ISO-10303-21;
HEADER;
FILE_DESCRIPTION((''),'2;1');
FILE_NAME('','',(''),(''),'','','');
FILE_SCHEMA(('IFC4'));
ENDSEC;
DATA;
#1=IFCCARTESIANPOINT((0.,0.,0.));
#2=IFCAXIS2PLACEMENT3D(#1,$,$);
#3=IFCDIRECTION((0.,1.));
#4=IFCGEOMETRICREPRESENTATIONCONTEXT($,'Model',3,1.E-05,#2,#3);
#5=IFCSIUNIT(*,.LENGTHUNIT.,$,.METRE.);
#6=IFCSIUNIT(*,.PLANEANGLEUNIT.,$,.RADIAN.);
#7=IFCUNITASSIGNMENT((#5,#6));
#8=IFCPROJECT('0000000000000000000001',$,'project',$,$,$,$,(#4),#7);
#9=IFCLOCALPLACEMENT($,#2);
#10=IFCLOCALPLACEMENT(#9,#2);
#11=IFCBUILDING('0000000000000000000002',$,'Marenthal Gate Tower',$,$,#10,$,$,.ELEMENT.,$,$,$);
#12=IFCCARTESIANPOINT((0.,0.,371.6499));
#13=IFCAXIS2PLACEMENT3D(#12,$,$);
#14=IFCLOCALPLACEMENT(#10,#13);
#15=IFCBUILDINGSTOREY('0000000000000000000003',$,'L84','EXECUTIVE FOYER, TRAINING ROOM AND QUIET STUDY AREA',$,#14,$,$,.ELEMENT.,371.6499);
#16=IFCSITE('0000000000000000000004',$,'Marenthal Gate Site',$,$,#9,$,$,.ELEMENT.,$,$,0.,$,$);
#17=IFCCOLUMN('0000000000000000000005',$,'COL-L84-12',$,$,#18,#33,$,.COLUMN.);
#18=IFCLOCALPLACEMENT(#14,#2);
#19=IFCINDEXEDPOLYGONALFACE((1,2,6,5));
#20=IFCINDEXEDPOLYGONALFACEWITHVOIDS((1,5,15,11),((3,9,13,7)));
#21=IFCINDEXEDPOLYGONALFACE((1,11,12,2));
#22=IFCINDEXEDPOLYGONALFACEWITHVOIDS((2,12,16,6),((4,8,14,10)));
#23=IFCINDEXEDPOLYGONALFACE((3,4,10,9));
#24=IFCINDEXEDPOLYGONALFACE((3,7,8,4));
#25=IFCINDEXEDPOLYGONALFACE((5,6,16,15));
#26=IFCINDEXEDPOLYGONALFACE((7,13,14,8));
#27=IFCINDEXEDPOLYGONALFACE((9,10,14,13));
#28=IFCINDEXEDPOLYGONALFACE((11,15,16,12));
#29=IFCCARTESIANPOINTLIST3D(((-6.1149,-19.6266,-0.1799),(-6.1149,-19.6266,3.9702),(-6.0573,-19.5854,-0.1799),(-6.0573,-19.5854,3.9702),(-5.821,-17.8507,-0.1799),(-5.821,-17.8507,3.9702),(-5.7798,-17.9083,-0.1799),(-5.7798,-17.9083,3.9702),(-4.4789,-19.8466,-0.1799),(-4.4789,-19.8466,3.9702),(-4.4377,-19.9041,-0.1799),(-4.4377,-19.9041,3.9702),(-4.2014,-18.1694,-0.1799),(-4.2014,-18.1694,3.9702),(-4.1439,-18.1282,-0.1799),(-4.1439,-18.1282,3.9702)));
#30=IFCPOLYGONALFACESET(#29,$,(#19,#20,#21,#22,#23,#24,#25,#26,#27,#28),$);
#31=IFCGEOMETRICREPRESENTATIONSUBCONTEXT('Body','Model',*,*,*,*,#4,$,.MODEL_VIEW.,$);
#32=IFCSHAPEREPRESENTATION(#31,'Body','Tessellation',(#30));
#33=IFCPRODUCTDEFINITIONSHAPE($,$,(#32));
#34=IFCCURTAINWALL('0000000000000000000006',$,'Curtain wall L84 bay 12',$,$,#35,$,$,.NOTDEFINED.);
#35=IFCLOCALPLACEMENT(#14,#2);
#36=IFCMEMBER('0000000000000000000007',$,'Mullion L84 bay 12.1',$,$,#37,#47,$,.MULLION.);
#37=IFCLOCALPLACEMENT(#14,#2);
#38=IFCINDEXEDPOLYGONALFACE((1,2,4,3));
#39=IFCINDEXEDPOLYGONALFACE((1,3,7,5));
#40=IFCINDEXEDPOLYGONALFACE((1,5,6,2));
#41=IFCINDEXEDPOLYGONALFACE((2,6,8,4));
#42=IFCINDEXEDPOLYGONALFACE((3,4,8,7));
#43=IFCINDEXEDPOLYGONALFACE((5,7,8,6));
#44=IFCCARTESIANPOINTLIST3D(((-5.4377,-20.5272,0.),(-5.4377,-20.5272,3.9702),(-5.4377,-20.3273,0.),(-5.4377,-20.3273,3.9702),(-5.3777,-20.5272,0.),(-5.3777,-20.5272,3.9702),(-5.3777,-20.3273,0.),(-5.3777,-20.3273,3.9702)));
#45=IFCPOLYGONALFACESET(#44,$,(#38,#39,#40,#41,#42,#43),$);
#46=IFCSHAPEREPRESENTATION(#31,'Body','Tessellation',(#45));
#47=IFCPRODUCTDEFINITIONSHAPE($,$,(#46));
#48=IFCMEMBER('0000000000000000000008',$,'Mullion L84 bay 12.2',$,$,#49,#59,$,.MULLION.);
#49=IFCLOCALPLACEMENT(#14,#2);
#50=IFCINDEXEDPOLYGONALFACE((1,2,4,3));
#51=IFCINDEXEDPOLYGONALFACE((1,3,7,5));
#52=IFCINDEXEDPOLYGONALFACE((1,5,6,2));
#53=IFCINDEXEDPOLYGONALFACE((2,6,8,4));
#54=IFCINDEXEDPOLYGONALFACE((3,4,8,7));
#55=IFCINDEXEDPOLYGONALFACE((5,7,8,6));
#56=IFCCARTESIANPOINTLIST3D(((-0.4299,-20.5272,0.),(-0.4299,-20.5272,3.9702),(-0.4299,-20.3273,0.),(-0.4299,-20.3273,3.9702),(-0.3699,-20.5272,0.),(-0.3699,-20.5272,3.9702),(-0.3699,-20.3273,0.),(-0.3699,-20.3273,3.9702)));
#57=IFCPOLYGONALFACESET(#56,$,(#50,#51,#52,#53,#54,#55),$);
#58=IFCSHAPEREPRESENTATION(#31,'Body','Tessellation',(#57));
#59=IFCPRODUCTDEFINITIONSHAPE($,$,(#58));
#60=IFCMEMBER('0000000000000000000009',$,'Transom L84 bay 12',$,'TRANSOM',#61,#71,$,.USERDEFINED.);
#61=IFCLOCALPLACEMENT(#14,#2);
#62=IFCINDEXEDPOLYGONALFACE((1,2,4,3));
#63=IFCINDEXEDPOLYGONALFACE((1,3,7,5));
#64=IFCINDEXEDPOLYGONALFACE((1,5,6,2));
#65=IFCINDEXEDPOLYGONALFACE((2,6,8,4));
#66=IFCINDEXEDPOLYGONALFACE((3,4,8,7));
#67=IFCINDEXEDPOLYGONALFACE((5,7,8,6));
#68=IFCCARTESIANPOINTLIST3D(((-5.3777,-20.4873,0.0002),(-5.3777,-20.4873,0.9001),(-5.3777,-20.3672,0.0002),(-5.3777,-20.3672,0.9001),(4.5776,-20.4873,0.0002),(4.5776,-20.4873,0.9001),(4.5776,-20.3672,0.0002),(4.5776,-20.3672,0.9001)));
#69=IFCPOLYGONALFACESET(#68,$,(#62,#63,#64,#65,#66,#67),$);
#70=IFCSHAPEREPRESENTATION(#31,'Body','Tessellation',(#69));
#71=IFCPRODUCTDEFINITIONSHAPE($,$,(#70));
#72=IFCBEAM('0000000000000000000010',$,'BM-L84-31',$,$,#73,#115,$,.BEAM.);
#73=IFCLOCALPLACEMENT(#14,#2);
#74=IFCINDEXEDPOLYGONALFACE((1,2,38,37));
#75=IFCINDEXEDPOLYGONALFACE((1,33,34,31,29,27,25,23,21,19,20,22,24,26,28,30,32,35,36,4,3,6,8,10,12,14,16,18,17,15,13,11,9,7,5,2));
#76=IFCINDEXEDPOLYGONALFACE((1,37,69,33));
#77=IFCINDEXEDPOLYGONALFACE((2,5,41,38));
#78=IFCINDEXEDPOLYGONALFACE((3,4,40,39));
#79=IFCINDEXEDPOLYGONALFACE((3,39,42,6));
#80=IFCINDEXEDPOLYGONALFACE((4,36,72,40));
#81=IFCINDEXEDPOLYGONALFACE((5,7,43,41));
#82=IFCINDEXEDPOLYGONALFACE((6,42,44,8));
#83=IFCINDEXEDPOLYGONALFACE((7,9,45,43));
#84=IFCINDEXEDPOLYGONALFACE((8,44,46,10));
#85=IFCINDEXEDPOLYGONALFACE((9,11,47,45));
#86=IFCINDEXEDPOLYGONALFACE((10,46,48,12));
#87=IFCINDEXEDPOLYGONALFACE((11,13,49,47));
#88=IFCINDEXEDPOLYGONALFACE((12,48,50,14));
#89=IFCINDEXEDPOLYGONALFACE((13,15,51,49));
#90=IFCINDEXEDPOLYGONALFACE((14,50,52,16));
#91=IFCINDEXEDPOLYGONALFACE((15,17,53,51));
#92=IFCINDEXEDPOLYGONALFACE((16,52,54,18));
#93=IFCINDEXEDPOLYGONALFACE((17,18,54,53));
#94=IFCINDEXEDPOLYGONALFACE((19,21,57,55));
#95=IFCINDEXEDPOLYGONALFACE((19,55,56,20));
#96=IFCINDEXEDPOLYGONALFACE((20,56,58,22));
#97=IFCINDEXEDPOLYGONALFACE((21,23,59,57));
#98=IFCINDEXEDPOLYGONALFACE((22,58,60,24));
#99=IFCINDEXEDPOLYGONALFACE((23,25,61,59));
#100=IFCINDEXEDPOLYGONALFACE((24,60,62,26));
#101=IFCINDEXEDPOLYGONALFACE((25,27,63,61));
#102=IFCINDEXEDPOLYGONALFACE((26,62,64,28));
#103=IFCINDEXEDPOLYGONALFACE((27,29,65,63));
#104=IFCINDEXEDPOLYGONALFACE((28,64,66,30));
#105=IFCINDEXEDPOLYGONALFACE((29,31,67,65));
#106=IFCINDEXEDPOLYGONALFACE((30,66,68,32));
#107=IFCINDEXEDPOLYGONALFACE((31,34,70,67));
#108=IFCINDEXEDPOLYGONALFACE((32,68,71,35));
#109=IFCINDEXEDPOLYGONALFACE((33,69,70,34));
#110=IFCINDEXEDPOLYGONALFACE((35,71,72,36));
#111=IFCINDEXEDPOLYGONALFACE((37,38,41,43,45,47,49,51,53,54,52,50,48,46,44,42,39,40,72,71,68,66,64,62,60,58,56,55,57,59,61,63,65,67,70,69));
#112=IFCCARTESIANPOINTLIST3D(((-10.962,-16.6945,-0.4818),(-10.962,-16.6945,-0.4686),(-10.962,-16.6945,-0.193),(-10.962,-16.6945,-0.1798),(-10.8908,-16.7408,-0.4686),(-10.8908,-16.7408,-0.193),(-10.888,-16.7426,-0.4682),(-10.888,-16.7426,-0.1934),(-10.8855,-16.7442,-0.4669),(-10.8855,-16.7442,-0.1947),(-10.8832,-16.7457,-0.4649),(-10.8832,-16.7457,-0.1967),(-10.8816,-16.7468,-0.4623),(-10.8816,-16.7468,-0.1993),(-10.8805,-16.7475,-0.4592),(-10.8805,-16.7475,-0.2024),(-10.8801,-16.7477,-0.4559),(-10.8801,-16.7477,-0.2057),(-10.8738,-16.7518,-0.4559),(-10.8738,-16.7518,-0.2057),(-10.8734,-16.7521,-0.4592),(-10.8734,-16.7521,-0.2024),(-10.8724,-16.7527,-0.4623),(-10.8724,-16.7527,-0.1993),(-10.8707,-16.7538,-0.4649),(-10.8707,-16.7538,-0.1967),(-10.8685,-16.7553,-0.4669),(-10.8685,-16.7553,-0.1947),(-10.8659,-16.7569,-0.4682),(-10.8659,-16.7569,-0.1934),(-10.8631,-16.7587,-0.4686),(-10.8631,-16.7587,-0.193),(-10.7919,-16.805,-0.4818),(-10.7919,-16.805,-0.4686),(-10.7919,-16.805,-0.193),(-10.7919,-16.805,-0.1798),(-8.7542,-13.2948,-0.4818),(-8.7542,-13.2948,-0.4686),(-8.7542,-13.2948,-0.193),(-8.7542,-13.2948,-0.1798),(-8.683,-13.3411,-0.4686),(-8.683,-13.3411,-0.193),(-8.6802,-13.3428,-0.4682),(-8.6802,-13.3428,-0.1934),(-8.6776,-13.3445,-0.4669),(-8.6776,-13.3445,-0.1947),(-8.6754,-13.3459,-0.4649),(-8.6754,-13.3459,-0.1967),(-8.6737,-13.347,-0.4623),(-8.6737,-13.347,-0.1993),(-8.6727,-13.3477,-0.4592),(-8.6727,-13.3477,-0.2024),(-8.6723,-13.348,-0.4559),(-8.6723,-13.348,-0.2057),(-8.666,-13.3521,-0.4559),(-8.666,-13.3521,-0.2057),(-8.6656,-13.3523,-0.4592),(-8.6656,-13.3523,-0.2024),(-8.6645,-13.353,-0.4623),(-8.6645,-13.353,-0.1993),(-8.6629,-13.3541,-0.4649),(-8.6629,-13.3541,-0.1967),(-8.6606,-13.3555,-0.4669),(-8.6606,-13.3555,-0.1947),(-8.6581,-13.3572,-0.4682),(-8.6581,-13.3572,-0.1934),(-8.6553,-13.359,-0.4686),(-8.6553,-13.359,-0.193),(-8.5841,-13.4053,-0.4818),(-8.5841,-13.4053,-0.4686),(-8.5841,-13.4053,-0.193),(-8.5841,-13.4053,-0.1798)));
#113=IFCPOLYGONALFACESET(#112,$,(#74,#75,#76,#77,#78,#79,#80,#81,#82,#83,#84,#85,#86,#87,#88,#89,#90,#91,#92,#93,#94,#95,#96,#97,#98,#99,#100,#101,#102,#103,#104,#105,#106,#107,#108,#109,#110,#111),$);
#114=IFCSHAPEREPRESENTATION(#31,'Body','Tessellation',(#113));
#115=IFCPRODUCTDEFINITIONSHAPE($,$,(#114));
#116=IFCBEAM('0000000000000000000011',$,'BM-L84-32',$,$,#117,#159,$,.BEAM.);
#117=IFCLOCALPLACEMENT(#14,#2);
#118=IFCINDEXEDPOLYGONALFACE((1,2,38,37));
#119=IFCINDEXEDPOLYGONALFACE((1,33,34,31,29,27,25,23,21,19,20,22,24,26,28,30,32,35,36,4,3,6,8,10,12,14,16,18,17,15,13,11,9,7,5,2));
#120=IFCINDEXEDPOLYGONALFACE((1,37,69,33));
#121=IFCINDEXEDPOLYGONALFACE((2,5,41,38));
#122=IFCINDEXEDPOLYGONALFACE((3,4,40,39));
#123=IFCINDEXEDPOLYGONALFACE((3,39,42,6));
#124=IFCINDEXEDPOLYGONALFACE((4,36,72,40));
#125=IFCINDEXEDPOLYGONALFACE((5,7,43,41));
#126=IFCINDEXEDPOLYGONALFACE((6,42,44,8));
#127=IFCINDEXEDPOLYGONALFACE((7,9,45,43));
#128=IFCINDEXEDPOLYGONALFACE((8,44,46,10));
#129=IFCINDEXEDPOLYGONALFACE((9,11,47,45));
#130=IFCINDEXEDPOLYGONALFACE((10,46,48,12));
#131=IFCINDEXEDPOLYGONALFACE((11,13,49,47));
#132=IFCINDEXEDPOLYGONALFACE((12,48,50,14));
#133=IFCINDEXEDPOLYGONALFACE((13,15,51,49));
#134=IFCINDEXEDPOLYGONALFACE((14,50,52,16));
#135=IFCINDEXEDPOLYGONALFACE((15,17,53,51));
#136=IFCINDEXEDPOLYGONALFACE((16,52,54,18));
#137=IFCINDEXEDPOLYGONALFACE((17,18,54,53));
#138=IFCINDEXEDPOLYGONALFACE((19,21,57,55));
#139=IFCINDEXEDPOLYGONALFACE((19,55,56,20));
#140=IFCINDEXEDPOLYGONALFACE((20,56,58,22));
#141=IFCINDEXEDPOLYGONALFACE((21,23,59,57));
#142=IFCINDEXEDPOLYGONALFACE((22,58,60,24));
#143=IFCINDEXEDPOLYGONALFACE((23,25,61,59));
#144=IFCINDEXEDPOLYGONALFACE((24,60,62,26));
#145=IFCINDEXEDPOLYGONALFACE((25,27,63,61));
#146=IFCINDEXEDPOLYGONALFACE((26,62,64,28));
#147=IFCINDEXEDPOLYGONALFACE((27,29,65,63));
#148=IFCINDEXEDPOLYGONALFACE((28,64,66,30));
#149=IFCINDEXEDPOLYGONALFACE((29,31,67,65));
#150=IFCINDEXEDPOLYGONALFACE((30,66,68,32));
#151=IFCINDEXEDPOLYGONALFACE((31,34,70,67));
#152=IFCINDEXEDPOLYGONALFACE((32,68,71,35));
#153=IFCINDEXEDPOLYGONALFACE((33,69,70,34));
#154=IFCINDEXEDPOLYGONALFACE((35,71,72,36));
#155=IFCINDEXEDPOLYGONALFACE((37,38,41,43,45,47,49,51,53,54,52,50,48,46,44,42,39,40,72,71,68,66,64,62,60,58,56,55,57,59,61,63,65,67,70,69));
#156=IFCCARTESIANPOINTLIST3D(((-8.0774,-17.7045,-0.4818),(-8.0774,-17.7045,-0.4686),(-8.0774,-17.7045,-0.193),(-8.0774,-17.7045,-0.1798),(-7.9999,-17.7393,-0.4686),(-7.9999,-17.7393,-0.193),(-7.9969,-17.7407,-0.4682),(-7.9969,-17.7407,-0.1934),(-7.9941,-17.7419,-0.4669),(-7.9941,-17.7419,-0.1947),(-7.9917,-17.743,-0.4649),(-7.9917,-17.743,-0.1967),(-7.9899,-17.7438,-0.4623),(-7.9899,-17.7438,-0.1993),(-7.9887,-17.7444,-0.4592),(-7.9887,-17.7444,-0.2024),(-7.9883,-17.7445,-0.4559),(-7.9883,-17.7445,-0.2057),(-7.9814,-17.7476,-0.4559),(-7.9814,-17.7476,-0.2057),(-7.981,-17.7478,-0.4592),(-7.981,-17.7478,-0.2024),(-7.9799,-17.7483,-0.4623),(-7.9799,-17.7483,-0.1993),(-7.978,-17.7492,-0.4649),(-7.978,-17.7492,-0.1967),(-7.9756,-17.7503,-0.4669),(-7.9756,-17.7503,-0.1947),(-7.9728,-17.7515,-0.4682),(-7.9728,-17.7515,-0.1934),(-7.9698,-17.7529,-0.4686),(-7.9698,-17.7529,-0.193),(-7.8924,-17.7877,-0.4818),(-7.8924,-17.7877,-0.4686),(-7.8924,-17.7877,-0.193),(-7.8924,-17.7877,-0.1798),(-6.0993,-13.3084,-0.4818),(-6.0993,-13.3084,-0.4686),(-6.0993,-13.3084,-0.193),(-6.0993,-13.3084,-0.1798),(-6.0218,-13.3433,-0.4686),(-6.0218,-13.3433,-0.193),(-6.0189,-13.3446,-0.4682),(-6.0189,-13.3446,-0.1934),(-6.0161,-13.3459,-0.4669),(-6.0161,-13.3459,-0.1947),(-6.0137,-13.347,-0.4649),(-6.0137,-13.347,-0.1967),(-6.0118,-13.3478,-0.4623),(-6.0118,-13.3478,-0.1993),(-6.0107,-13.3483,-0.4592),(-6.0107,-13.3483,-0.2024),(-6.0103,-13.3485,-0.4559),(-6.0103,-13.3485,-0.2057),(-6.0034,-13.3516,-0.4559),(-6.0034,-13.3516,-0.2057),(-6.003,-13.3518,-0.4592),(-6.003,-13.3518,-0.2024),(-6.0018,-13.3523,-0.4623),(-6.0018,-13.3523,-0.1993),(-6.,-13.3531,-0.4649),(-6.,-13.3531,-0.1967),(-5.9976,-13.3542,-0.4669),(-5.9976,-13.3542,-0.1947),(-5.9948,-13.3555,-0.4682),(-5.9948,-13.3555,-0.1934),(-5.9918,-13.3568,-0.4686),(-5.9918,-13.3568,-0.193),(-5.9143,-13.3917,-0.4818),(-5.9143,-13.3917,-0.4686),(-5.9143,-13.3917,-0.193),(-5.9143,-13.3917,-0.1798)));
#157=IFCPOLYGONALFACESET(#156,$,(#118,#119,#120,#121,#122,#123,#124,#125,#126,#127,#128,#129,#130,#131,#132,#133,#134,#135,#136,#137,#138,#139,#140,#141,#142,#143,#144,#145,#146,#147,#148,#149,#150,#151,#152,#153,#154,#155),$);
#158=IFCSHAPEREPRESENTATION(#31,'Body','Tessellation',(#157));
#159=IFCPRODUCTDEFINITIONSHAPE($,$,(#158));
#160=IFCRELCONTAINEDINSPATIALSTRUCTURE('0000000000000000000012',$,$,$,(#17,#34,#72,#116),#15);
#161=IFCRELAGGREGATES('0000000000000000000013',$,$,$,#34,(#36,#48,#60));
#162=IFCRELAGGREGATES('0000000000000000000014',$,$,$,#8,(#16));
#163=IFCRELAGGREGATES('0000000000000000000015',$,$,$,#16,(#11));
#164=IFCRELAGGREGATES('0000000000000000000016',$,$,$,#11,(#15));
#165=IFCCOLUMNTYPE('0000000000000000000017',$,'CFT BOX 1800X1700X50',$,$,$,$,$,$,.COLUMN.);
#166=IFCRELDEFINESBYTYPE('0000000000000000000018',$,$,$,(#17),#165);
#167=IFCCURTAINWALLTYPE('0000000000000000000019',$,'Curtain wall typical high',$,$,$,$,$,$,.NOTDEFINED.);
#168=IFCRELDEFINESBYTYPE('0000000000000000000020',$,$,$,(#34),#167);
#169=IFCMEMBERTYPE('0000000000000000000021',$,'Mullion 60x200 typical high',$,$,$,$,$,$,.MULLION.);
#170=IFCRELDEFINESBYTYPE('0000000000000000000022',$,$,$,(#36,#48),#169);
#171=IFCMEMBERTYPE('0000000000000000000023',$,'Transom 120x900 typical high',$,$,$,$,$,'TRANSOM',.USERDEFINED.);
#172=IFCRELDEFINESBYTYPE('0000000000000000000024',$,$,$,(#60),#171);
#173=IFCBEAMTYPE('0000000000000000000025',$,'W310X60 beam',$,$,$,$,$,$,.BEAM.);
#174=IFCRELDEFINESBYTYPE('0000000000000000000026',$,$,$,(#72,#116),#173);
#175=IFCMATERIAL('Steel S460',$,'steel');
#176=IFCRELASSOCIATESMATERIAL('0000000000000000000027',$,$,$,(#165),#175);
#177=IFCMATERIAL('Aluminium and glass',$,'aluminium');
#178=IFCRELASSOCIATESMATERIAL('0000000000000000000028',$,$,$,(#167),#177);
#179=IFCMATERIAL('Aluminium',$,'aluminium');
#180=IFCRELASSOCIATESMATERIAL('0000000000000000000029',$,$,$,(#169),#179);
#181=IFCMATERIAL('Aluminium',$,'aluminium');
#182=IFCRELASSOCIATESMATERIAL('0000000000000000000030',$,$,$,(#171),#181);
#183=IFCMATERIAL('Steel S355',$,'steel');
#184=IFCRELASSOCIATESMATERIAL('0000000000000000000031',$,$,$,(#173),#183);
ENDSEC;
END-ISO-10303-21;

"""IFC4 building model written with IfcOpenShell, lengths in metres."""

from ifc_helpers import new_model, si_unit, direction, frame, origin, origin_2d, place, context, subcontext, project, spatial, rectangle, hollow_rectangle, i_section, extrude, material, material_profile, profile_set, type_object, element, aggregate, save


model = new_model("IFC4")

# Units and contexts
model_context = context("Model", 3, precision=1e-05, world=origin(), true_north=direction((0.0, 1.0)))
body_context = subcontext(model_context, "Body", "Model", "MODEL_VIEW")
ifc_project = project(units=[si_unit("LENGTHUNIT", "METRE"), si_unit("PLANEANGLEUNIT", "RADIAN")], contexts=[model_context])

# Site, building, storey
site_placement = place(None, origin())
site = spatial("IfcSite", under=ifc_project, at=site_placement, Name="Marenthal Gate Site", CompositionType="ELEMENT", RefElevation=0.0)
building_placement = place(site_placement, origin())
building = spatial("IfcBuilding", under=site, at=building_placement, Name="Marenthal Gate Tower", CompositionType="ELEMENT")
storey_placement = place(building_placement, frame((0.0, 0.0, 371.6499)))
storey = spatial("IfcBuildingStorey", under=building, at=storey_placement, Name="L84", Description="EXECUTIVE FOYER, TRAINING ROOM AND QUIET STUDY AREA", CompositionType="ELEMENT", Elevation=371.6499)

# Column
ifc_material_1 = material(Name="Steel S460", Category="steel")
ifc_material_profile_1 = material_profile(ifc_material_1, hollow_rectangle(XDim=1.7, YDim=1.8, WallThickness=0.05, at=origin_2d()), Name="CFT BOX 1800X1700X50")
ifc_material_2 = material(Name="Concrete 70 MPa", Category="concrete")
ifc_material_profile_2 = material_profile(ifc_material_2, rectangle(XDim=1.6001, YDim=1.7, at=origin_2d()), Name="CFT BOX 1800X1700X50 INFILL")
ifc_profile_set_1 = profile_set([ifc_material_profile_1, ifc_material_profile_2], Name="Steel S460 shell, Concrete 70 MPa infill")
column_type = type_object("IfcColumnType", Name="CFT BOX 1800X1700X50", PredefinedType="COLUMN", material=ifc_profile_set_1)
column_placement = place(storey_placement, frame((-5.1294, -18.8774, -0.1799), z_axis=(0.0, 0.0, 1.0), x_axis=(-0.986586, 0.16324, 0.0)))
element("IfcColumn", 1, at=column_placement, inside=storey, type_object=column_type, Name="COL-L84-12", PredefinedType="COLUMN", context=body_context, shape_type="SweptSolid", body=[
    extrude(hollow_rectangle(XDim=1.7, YDim=1.8, WallThickness=0.05, at=origin_2d()), origin(), (0.0, 0.0, 1.0), 4.1501),
])

# Curtain wall, members
ifc_material_3 = material(Name="Aluminium and glass", Category="aluminium")
curtain_wall_type = type_object("IfcCurtainWallType", Name="Curtain wall typical high", PredefinedType="NOTDEFINED", material=ifc_material_3)
curtain_wall_placement = place(storey_placement, origin())
curtain_wall = element("IfcCurtainWall", 2, at=curtain_wall_placement, inside=storey, type_object=curtain_wall_type, Name="Curtain wall L84 bay 12", PredefinedType="NOTDEFINED")
ifc_material_4 = material(Name="Aluminium", Category="aluminium")
ifc_material_profile_3 = material_profile(ifc_material_4, rectangle(XDim=0.2, YDim=0.0601, at=origin_2d()), Name="60x200 aluminium mullion")
ifc_profile_set_2 = profile_set([ifc_material_profile_3], Name="Aluminium")
member_type_1 = type_object("IfcMemberType", Name="Mullion 60x200 typical high", PredefinedType="MULLION", material=ifc_profile_set_2)
member_1_placement = place(storey_placement, frame((-5.4077, -20.4272, 0.0), z_axis=(0.0, 0.0, 1.0), x_axis=(0.0, 1.0, 0.0)))
member_1 = element("IfcMember", 3, at=member_1_placement, type_object=member_type_1, Name="Mullion L84 bay 12.1", PredefinedType="MULLION", context=body_context, shape_type="SweptSolid", body=[
    extrude(rectangle(XDim=0.2, YDim=0.0601, at=origin_2d()), origin(), (0.0, 0.0, 1.0), 3.9702),
])
member_2_placement = place(storey_placement, frame((-0.3999, -20.4272, 0.0), z_axis=(0.0, 0.0, 1.0), x_axis=(0.0, 1.0, 0.0)))
member_2 = element("IfcMember", 4, at=member_2_placement, type_object=member_type_1, Name="Mullion L84 bay 12.2", PredefinedType="MULLION", context=body_context, shape_type="SweptSolid", body=[
    extrude(rectangle(XDim=0.2, YDim=0.0601, at=origin_2d()), origin(), (0.0, 0.0, 1.0), 3.9702),
])
ifc_material_5 = material(Name="Aluminium", Category="aluminium")
ifc_material_profile_4 = material_profile(ifc_material_5, rectangle(XDim=0.1201, YDim=0.8999, at=origin_2d()), Name="120x900 aluminium transom")
ifc_profile_set_3 = profile_set([ifc_material_profile_4], Name="Aluminium")
member_type_2 = type_object("IfcMemberType", Name="Transom 120x900 typical high", ElementType="TRANSOM", PredefinedType="USERDEFINED", material=ifc_profile_set_3)
member_3_placement = place(storey_placement, frame((-5.3777, -20.4272, 0.4502), z_axis=(1.0, 0.0, 0.0), x_axis=(0.0, 1.0, 0.0)))
member_3 = element("IfcMember", 5, at=member_3_placement, type_object=member_type_2, Name="Transom L84 bay 12", ObjectType="TRANSOM", PredefinedType="USERDEFINED", context=body_context, shape_type="SweptSolid", body=[
    extrude(rectangle(XDim=0.1201, YDim=0.8999, at=origin_2d()), origin(), (0.0, 0.0, 1.0), 9.9553),
])

# Beams
ifc_material_6 = material(Name="Steel S355", Category="steel")
ifc_material_profile_5 = material_profile(ifc_material_6, i_section(OverallWidth=0.2029, OverallDepth=0.302, WebThickness=0.0076, FlangeThickness=0.0132, FilletRadius=0.0127, at=origin_2d()), Name="W310X60")
ifc_profile_set_4 = profile_set([ifc_material_profile_5], Name="Steel S355")
beam_type_1 = type_object("IfcBeamType", Name="W310X60 beam", PredefinedType="BEAM", material=ifc_profile_set_4)
beam_1_placement = place(storey_placement, frame((-10.877, -16.7498, -0.3308), z_axis=(0.544639, 0.838671, 0.0), x_axis=(-0.838671, 0.544639, 0.0)))
element("IfcBeam", 6, at=beam_1_placement, inside=storey, type_object=beam_type_1, Name="BM-L84-31", PredefinedType="BEAM", context=body_context, shape_type="SweptSolid", body=[
    extrude(i_section(OverallWidth=0.2029, OverallDepth=0.302, WebThickness=0.0076, FlangeThickness=0.0132, FilletRadius=0.0127, at=origin_2d()), origin(), (0.0, 0.0, 1.0), 4.0537),
])
beam_2_placement = place(storey_placement, frame((-7.9849, -17.7461, -0.3308), z_axis=(0.410335, 0.911935, 0.0), x_axis=(-0.911935, 0.410335, 0.0)))
element("IfcBeam", 7, at=beam_2_placement, inside=storey, type_object=beam_type_1, Name="BM-L84-32", PredefinedType="BEAM", context=body_context, shape_type="SweptSolid", body=[
    extrude(i_section(OverallWidth=0.2029, OverallDepth=0.302, WebThickness=0.0076, FlangeThickness=0.0132, FilletRadius=0.0127, at=origin_2d()), origin(), (0.0, 0.0, 1.0), 4.8206),
])

aggregate(curtain_wall, [member_1, member_2, member_3])

save(model, "model.ifc")
